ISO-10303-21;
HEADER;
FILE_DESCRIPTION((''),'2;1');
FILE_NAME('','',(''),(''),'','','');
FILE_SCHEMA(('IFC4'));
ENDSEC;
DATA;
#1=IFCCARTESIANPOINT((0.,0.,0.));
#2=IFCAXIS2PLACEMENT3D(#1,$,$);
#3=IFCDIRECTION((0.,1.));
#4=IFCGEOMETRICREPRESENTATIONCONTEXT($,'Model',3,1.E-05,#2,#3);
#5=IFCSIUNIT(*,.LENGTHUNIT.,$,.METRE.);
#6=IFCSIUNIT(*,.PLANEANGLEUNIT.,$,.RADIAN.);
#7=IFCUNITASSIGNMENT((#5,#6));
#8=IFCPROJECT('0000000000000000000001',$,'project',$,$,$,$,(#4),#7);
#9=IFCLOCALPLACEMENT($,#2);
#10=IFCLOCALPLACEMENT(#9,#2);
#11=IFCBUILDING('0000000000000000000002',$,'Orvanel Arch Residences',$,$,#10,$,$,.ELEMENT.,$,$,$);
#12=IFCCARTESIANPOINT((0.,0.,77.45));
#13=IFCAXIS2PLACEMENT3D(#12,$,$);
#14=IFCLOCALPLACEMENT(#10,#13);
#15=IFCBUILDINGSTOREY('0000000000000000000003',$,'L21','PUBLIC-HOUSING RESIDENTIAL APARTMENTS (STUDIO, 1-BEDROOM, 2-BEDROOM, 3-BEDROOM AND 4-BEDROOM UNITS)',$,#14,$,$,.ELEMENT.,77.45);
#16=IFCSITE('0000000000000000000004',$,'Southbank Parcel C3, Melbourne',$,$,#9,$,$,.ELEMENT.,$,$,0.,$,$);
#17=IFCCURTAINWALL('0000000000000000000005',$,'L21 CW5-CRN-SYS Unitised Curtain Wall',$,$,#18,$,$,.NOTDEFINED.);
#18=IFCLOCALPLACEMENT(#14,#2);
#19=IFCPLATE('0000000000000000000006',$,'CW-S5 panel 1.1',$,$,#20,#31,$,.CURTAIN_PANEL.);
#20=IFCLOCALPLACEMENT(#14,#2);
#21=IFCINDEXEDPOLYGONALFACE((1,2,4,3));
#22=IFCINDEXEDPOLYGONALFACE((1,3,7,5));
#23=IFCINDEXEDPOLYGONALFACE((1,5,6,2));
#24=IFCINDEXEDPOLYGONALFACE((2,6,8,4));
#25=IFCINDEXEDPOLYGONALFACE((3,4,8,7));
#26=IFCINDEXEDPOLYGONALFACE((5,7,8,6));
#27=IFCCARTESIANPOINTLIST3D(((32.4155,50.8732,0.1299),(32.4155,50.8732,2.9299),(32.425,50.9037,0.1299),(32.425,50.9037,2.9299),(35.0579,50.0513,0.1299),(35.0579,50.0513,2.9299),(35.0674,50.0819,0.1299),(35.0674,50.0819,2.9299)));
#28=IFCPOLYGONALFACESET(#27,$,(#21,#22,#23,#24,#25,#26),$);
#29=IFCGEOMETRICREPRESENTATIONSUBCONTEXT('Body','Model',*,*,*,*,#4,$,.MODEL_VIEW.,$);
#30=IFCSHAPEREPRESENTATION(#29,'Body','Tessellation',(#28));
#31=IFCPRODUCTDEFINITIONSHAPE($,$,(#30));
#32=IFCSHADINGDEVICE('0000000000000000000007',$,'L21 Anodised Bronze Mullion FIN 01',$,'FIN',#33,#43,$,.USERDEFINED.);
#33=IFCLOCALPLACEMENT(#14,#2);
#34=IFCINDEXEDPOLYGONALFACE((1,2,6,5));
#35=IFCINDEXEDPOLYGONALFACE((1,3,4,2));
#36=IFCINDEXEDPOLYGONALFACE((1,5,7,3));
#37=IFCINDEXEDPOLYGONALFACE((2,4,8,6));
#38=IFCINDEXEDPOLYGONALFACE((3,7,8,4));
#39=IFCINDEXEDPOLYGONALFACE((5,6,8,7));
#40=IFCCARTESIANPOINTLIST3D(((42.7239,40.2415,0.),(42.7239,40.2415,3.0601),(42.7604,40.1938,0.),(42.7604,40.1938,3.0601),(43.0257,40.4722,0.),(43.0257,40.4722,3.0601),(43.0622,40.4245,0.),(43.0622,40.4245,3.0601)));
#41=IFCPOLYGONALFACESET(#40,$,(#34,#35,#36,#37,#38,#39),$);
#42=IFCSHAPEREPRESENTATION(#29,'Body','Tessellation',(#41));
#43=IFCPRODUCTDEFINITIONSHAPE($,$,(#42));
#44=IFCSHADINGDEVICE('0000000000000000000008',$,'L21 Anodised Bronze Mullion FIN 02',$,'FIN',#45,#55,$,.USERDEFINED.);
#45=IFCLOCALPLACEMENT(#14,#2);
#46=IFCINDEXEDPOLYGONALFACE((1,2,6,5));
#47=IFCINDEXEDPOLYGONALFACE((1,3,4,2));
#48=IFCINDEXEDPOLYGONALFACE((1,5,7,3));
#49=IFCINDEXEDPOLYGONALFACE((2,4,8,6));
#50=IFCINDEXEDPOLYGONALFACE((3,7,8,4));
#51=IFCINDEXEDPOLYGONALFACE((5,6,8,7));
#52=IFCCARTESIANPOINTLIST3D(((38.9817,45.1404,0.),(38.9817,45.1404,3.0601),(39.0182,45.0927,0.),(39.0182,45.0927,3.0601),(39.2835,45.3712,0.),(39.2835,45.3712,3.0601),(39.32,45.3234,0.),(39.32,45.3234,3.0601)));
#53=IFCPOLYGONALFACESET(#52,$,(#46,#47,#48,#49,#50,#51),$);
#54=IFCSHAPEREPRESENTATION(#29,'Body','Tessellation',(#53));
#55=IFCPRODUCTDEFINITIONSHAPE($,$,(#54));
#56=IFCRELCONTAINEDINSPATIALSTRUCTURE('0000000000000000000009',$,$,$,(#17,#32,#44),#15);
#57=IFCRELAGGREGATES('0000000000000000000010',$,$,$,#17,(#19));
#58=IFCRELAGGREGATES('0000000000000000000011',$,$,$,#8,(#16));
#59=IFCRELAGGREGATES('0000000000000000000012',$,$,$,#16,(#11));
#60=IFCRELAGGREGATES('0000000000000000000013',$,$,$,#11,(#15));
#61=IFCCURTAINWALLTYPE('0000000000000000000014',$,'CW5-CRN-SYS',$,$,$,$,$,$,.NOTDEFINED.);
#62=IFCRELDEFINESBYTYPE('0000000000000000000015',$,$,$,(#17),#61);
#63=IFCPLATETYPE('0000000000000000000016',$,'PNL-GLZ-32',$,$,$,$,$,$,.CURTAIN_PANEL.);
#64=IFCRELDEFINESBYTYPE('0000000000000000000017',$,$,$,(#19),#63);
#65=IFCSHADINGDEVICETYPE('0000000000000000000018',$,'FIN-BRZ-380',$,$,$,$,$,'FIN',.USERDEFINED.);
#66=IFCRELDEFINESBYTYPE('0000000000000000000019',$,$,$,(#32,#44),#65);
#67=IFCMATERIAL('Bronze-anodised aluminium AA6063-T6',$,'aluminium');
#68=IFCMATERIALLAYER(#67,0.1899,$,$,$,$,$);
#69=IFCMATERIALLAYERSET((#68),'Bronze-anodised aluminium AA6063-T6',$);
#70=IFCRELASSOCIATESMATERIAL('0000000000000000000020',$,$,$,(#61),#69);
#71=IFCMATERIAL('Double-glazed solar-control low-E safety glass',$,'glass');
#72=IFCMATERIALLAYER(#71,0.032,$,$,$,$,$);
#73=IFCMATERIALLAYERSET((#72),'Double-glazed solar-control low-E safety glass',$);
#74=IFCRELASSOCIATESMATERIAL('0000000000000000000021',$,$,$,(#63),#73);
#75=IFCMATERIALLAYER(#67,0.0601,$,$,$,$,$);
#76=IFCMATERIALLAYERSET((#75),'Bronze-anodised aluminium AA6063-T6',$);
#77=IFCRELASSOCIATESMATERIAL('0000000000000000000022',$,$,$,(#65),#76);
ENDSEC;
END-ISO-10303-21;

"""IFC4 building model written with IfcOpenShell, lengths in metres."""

from ifc_helpers import new_model, si_unit, direction, frame, origin, origin_2d, place, context, subcontext, project, spatial, rectangle, extrude, material, layer, layer_set, type_object, element, aggregate, save


model = new_model("IFC4")

# Units and contexts
model_context = context("Model", 3, precision=1e-05, world=origin(), true_north=direction((0.0, 1.0)))
body_context = subcontext(model_context, "Body", "Model", "MODEL_VIEW")
ifc_project = project(units=[si_unit("LENGTHUNIT", "METRE"), si_unit("PLANEANGLEUNIT", "RADIAN")], contexts=[model_context])

# Site, building, storey
site_placement = place(None, origin())
site = spatial("IfcSite", under=ifc_project, at=site_placement, Name="Southbank Parcel C3, Melbourne", CompositionType="ELEMENT", RefElevation=0.0)
building_placement = place(site_placement, origin())
building = spatial("IfcBuilding", under=site, at=building_placement, Name="Orvanel Arch Residences", CompositionType="ELEMENT")
storey_placement = place(building_placement, frame((0.0, 0.0, 77.45)))
storey = spatial("IfcBuildingStorey", under=building, at=storey_placement, Name="L21", Description="PUBLIC-HOUSING RESIDENTIAL APARTMENTS (STUDIO, 1-BEDROOM, 2-BEDROOM, 3-BEDROOM AND 4-BEDROOM UNITS)", CompositionType="ELEMENT", Elevation=77.45)

# Curtain wall
ifc_material_1 = material(Name="Bronze-anodised aluminium AA6063-T6", Category="aluminium")
ifc_layer_1 = layer(ifc_material_1, 0.1899)
ifc_layer_set_1 = layer_set([ifc_layer_1], Name="Bronze-anodised aluminium AA6063-T6")
curtain_wall_type_1 = type_object("IfcCurtainWallType", Name="CW5-CRN-SYS", PredefinedType="NOTDEFINED", material=ifc_layer_set_1)
curtain_wall_1_placement = place(storey_placement, origin())
curtain_wall_1 = element("IfcCurtainWall", 1, at=curtain_wall_1_placement, inside=storey, type_object=curtain_wall_type_1, Name="L21 CW5-CRN-SYS Unitised Curtain Wall", PredefinedType="NOTDEFINED")

# Plate
ifc_material_2 = material(Name="Double-glazed solar-control low-E safety glass", Category="glass")
ifc_layer_2 = layer(ifc_material_2, 0.032)
ifc_layer_set_2 = layer_set([ifc_layer_2], Name="Double-glazed solar-control low-E safety glass")
plate_type_1 = type_object("IfcPlateType", Name="PNL-GLZ-32", PredefinedType="CURTAIN_PANEL", material=ifc_layer_set_2)
plate_1_placement = place(storey_placement, frame((33.7415, 50.4775, 0.1299), z_axis=(0.0, 0.0, 1.0), x_axis=(-0.954879, 0.296994, 0.0)))
plate_1 = element("IfcPlate", 2, at=plate_1_placement, type_object=plate_type_1, Name="CW-S5 panel 1.1", PredefinedType="CURTAIN_PANEL", context=body_context, shape_type="SweptSolid", body=[
    extrude(rectangle(XDim=2.7673, YDim=0.032, at=origin_2d()), origin(), (0.0, 0.0, 1.0), 2.8),
])
aggregate(curtain_wall_1, [plate_1])

# Shading devices
ifc_layer_3 = layer(ifc_material_1, 0.0601)
ifc_layer_set_3 = layer_set([ifc_layer_3], Name="Bronze-anodised aluminium AA6063-T6")
shading_device_type = type_object("IfcShadingDeviceType", Name="FIN-BRZ-380", ElementType="FIN", PredefinedType="USERDEFINED", material=ifc_layer_set_3)
for number, where, z_axis, x_axis, name in (
    (3, (42.8931, 40.333, 0.0), (0.0, 0.0, 1.0), (0.794415, 0.607376, 0.0), "L21 Anodised Bronze Mullion FIN 01"),
    (4, (39.1509, 45.2319, 0.0), (0.0, 0.0, 1.0), (0.794415, 0.607376, 0.0), "L21 Anodised Bronze Mullion FIN 02"),
):
    element("IfcShadingDevice", number, at=place(storey_placement, frame(where, z_axis=z_axis, x_axis=x_axis)), inside=storey, type_object=shading_device_type, Name=name, ObjectType="FIN", PredefinedType="USERDEFINED", context=body_context, shape_type="SweptSolid", body=[
        extrude(rectangle(XDim=0.3799, YDim=0.0601, at=origin_2d()), origin(), (0.0, 0.0, 1.0), 3.0601),
    ])

save(model, "model.ifc")
